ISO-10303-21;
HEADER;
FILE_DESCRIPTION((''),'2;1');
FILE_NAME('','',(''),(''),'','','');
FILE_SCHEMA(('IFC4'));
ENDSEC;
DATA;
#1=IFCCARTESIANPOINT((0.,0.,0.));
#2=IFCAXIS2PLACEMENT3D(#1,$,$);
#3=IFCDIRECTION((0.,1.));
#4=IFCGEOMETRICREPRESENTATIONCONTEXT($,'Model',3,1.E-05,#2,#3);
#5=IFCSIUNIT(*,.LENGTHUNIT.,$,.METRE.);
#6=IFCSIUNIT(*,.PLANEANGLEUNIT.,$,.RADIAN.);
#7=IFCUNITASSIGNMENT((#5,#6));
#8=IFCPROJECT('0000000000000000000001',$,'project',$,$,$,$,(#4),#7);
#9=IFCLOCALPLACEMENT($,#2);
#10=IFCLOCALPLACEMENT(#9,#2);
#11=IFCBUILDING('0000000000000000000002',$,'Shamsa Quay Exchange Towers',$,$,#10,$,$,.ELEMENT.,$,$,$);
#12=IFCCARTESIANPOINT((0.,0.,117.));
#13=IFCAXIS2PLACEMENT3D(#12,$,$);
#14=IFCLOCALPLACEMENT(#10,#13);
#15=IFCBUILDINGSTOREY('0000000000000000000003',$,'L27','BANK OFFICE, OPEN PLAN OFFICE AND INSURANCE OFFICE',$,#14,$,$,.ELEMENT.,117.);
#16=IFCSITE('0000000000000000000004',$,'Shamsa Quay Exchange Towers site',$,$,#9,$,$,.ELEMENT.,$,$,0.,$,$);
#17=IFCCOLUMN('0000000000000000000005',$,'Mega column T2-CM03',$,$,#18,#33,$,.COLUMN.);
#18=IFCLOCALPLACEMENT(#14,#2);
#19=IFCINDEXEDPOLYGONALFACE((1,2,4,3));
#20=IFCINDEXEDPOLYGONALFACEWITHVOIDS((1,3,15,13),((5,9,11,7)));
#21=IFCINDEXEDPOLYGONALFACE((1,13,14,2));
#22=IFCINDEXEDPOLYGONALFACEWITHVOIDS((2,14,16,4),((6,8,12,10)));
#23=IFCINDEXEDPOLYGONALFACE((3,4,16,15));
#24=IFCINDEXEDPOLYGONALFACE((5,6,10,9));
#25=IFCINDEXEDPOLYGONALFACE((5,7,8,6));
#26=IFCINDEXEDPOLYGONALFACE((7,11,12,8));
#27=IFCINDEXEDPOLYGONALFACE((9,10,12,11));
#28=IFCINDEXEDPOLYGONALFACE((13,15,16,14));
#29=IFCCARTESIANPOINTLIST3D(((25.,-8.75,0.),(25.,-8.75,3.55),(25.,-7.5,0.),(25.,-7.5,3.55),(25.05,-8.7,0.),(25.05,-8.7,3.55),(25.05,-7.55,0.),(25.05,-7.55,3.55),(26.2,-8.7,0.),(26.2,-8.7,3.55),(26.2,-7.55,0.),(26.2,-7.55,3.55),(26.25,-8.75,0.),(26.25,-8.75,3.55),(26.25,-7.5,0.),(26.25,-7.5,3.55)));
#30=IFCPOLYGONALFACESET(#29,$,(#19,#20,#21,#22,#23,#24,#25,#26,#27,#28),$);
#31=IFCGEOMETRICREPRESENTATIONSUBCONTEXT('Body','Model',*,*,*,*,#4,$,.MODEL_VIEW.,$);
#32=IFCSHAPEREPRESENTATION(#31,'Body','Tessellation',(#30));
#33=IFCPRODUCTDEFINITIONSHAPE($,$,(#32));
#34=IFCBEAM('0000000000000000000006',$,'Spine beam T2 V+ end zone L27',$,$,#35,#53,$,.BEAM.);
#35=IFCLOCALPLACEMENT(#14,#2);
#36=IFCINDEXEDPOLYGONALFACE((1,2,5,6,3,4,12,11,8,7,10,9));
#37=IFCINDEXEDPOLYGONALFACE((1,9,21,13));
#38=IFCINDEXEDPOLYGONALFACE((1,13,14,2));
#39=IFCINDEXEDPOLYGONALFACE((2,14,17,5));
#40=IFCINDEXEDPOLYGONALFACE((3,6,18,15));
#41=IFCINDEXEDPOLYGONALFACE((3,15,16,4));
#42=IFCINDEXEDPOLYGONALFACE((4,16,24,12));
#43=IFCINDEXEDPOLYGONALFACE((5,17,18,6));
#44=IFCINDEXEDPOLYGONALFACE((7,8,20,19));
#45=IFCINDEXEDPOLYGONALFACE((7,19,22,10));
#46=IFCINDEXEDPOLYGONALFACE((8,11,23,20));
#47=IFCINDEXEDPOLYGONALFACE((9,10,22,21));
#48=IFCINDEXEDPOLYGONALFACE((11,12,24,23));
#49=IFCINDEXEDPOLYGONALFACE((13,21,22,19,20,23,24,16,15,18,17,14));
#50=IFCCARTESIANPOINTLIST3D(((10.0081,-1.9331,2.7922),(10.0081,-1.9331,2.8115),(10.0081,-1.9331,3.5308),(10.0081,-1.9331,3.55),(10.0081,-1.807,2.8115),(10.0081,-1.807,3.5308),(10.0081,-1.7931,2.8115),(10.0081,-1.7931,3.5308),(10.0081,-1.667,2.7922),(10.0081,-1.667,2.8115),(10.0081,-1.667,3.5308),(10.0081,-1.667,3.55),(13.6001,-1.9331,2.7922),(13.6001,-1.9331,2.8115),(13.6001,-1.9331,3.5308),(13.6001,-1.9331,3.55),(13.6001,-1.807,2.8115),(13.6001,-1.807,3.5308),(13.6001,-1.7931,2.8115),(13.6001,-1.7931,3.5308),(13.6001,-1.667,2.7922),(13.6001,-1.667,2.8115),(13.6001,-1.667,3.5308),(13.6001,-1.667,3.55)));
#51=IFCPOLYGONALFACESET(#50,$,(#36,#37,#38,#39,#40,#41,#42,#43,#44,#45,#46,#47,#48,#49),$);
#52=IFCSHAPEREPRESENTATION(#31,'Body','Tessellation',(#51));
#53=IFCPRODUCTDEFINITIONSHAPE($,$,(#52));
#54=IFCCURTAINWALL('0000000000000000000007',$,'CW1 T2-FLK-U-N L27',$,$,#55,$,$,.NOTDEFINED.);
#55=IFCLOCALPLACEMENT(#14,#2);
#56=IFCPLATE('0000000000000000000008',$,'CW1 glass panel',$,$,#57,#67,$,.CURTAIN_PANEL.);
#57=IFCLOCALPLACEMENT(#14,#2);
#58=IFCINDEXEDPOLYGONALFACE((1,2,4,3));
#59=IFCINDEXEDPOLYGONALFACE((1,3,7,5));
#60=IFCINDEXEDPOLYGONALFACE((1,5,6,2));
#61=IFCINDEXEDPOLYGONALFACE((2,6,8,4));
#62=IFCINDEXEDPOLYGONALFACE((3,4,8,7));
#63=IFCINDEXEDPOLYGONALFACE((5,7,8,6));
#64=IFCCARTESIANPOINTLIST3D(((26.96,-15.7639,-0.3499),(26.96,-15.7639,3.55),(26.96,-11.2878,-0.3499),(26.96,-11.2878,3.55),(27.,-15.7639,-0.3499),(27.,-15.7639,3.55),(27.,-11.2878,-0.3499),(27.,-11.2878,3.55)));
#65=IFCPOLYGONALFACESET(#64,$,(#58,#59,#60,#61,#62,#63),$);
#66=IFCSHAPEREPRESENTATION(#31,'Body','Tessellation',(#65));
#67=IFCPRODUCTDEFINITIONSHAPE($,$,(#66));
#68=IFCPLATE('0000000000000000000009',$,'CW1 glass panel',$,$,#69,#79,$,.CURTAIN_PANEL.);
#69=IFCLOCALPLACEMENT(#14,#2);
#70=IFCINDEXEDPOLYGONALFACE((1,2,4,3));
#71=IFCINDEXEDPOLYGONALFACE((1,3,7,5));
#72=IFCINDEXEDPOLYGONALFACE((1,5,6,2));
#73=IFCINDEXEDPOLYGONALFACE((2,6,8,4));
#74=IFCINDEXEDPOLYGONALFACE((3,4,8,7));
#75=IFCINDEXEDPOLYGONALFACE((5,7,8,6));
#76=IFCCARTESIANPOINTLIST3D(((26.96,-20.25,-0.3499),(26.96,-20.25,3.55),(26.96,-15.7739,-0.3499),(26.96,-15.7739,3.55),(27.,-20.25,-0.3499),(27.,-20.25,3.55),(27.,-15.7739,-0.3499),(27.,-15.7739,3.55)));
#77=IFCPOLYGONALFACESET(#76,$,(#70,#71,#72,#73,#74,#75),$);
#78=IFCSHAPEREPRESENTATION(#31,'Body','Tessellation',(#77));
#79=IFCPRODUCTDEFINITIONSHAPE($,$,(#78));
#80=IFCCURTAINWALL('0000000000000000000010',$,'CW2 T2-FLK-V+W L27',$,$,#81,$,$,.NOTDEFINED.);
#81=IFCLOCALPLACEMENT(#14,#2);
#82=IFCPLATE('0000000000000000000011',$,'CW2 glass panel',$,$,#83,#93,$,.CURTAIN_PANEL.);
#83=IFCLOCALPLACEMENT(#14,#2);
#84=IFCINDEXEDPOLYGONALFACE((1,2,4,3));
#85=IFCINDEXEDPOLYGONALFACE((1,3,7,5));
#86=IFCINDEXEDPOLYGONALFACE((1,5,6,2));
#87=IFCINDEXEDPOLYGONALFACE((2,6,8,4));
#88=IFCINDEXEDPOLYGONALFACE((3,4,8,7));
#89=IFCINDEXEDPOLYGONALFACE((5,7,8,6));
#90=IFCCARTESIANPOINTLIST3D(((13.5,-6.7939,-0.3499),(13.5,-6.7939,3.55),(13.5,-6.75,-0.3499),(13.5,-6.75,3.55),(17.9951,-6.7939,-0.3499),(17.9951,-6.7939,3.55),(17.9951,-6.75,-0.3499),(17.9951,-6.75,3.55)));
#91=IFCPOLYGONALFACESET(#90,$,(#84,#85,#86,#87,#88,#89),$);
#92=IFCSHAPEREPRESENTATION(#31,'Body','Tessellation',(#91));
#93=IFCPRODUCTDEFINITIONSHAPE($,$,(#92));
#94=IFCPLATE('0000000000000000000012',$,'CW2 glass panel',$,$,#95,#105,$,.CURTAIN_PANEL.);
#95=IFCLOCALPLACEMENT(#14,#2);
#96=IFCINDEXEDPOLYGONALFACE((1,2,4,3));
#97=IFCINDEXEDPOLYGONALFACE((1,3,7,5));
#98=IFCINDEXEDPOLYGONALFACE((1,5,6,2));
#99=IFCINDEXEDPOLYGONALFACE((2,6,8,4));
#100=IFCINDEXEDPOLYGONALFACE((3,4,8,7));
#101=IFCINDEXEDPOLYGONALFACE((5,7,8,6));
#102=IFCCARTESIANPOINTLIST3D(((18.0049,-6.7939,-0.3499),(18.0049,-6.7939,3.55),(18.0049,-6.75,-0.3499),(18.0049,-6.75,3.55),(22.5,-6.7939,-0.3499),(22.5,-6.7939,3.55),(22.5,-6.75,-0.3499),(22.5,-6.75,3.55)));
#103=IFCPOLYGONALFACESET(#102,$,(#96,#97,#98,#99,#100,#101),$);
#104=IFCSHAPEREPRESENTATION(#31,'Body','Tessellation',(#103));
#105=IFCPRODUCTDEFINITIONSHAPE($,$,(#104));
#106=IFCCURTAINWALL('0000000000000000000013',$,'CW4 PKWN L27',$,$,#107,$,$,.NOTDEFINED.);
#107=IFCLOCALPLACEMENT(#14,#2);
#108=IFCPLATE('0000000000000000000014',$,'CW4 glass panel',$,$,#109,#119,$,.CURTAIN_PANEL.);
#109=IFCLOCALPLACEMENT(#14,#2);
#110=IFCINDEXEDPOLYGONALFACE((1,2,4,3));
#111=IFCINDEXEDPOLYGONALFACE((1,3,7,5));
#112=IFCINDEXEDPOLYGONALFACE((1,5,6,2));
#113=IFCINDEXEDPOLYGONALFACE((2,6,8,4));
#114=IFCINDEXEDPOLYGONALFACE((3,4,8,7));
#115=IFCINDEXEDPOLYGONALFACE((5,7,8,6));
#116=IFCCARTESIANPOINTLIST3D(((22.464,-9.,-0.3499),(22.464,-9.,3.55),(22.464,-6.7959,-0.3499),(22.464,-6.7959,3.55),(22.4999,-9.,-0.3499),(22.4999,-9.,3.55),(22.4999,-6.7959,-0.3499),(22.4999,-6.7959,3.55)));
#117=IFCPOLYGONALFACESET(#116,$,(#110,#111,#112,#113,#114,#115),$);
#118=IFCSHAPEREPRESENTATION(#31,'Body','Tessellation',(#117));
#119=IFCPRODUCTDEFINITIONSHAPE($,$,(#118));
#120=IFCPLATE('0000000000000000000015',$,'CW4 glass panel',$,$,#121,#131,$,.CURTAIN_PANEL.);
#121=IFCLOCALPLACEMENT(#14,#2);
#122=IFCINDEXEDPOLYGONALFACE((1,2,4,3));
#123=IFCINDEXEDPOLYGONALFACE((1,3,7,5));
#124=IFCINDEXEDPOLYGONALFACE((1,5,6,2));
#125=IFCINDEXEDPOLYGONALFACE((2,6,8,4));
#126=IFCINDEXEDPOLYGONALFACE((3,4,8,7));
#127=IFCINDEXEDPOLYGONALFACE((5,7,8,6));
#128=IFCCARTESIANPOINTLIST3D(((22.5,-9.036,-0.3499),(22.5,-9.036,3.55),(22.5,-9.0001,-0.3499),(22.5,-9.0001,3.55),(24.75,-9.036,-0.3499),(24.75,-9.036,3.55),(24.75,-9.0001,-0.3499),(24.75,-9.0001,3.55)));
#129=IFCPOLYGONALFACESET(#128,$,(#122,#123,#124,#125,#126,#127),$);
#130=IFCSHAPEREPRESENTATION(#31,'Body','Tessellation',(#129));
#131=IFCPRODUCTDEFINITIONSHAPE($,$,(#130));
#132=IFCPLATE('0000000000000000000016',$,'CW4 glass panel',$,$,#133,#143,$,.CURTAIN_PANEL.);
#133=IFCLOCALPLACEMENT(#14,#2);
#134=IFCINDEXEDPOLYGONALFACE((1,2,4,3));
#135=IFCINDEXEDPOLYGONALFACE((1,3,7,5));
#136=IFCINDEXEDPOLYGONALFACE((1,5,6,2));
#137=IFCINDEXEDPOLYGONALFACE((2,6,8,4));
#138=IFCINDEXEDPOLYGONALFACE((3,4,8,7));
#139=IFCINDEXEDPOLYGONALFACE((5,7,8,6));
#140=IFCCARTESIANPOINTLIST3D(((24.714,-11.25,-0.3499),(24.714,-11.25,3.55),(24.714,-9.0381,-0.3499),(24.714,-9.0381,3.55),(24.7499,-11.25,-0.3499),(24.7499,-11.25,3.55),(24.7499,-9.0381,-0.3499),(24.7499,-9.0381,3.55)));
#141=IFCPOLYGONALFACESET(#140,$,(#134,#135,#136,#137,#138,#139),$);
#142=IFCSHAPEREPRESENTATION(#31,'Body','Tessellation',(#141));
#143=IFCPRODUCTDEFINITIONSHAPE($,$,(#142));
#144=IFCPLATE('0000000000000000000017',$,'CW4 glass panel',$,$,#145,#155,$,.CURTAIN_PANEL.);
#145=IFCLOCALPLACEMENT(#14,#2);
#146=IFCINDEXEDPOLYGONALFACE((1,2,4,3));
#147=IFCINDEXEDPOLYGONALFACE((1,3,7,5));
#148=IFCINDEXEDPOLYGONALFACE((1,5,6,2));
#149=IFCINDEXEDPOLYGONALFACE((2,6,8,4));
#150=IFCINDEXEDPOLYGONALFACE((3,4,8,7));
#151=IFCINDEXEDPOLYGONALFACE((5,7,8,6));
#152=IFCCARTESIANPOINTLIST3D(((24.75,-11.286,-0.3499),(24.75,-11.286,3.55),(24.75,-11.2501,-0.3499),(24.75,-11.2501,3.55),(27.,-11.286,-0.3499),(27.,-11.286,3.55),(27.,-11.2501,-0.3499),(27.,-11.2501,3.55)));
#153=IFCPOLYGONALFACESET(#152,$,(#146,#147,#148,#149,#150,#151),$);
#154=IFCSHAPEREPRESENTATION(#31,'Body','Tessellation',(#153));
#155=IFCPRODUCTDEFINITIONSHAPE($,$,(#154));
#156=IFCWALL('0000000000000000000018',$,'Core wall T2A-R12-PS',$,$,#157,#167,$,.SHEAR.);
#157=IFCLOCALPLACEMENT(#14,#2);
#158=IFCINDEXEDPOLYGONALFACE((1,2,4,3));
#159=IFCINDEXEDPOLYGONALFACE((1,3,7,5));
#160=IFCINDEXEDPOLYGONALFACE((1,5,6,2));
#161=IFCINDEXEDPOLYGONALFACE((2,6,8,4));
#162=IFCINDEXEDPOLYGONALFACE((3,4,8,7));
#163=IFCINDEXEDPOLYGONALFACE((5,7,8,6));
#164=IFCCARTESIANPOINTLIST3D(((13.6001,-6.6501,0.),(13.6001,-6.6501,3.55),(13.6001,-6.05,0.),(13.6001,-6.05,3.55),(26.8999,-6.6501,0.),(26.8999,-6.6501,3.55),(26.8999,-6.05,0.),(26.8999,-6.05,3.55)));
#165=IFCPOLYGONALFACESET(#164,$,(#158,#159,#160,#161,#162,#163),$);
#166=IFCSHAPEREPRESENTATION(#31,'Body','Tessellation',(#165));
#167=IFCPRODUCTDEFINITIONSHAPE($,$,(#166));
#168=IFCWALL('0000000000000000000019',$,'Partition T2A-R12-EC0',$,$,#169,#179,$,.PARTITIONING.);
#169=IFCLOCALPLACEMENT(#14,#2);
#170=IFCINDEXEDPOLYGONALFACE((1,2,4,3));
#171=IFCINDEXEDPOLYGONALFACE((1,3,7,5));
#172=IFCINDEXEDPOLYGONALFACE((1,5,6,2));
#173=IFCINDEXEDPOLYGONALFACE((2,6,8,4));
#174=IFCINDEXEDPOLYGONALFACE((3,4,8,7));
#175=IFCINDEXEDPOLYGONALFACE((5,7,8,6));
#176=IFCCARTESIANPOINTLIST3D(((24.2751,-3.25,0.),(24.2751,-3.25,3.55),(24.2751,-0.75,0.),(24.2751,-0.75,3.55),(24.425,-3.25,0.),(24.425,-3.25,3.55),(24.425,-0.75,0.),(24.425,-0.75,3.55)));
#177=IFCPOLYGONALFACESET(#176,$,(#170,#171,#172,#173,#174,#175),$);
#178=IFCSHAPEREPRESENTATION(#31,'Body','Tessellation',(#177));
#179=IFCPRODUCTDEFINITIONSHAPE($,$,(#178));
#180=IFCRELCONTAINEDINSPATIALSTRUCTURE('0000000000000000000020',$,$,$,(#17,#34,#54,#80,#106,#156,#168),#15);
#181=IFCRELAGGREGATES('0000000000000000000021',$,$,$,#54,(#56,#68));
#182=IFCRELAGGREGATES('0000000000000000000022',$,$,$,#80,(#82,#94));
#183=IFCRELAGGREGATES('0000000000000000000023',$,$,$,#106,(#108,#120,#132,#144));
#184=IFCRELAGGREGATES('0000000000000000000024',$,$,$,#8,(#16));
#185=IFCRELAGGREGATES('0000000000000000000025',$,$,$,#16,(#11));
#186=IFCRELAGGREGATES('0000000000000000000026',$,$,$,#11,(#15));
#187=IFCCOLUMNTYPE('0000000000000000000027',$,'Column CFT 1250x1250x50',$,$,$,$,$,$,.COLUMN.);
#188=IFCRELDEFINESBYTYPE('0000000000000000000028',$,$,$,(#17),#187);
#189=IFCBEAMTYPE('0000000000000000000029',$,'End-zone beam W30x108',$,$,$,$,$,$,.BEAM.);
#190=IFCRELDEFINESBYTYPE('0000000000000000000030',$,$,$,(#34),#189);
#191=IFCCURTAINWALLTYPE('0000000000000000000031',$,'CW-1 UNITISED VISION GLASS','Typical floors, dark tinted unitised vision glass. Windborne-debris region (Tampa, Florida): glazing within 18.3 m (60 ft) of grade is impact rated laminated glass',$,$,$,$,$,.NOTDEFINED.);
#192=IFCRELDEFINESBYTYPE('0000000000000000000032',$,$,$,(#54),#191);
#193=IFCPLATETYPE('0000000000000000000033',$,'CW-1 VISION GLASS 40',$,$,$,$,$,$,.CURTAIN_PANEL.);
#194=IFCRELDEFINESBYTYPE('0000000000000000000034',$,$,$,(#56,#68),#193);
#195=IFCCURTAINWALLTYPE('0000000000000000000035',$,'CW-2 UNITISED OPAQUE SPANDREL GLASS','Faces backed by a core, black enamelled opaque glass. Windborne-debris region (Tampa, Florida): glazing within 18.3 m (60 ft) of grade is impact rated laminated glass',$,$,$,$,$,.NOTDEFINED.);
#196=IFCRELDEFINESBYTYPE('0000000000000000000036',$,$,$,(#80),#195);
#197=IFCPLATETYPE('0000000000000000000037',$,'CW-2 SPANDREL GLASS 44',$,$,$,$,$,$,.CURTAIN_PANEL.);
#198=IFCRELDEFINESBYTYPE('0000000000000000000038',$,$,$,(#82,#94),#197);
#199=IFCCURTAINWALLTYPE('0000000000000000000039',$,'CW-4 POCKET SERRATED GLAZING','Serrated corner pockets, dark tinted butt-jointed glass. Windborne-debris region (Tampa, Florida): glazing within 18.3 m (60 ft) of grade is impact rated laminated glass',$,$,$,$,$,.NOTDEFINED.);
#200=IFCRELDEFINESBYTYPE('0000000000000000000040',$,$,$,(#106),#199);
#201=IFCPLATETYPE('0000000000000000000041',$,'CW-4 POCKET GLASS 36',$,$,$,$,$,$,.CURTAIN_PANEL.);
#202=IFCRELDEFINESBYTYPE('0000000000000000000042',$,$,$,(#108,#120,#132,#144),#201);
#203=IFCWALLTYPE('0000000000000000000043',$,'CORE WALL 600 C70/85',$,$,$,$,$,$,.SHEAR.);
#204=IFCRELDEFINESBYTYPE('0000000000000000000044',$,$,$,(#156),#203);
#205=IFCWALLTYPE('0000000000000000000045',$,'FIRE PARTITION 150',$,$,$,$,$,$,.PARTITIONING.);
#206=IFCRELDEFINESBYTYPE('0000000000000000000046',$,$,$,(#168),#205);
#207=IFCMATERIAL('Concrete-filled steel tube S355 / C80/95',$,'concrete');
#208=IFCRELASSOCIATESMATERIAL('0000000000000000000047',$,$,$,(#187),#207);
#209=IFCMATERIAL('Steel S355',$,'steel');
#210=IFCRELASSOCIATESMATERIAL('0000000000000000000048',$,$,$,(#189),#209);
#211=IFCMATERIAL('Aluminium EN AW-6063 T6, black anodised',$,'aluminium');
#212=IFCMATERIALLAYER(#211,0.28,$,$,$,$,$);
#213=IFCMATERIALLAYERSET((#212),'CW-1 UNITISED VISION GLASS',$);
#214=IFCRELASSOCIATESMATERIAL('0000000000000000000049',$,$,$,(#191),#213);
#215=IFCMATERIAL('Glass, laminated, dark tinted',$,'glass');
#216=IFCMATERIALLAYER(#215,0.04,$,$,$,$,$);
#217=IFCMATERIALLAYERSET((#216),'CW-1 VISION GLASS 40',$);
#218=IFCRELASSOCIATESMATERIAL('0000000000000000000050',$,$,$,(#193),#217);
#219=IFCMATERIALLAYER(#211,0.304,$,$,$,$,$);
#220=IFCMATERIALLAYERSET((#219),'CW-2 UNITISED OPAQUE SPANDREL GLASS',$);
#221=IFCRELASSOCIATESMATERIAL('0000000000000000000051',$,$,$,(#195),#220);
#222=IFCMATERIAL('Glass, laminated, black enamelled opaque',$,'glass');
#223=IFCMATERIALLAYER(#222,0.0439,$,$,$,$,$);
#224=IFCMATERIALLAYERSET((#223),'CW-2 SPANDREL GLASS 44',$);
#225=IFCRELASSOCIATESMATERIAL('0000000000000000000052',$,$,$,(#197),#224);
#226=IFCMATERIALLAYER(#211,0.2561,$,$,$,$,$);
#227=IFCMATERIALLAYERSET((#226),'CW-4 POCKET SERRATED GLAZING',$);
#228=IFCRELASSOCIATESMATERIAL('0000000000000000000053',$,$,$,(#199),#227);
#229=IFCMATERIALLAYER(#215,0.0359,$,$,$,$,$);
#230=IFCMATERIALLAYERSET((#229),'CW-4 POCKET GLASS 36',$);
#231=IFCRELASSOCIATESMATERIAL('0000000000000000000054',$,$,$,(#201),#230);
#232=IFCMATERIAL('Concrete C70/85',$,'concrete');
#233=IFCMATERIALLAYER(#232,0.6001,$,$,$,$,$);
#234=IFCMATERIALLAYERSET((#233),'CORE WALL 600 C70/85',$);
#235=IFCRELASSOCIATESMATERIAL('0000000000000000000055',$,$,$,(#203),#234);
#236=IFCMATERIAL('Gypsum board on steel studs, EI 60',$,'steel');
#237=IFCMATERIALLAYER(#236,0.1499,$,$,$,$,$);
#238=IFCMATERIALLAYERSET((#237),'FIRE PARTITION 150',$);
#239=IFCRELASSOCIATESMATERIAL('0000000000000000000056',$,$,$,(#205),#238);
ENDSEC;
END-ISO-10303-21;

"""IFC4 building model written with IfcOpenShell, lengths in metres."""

from ifc_helpers import new_model, si_unit, direction, frame, frame_2d, origin, origin_2d, place, context, subcontext, project, spatial, rectangle, hollow_rectangle, i_section, extrude, material, layer, layer_set, material_profile, profile_set, type_object, element, aggregate, save


model = new_model("IFC4")

# Units and contexts
model_context = context("Model", 3, precision=1e-05, world=origin(), true_north=direction((0.0, 1.0)))
body_context = subcontext(model_context, "Body", "Model", "MODEL_VIEW")
ifc_project = project(units=[si_unit("LENGTHUNIT", "METRE"), si_unit("PLANEANGLEUNIT", "RADIAN")], contexts=[model_context])

# Site, building, storey
site_placement = place(None, origin())
site = spatial("IfcSite", under=ifc_project, at=site_placement, Name="Shamsa Quay Exchange Towers site", CompositionType="ELEMENT", RefElevation=0.0)
building_placement = place(site_placement, origin())
building = spatial("IfcBuilding", under=site, at=building_placement, Name="Shamsa Quay Exchange Towers", CompositionType="ELEMENT")
storey_placement = place(building_placement, frame((0.0, 0.0, 117.0)))
storey = spatial("IfcBuildingStorey", under=building, at=storey_placement, Name="L27", Description="BANK OFFICE, OPEN PLAN OFFICE AND INSURANCE OFFICE", CompositionType="ELEMENT", Elevation=117.0)

# Column
ifc_material_1 = material(Name="Concrete-filled steel tube S355 / C80/95", Category="concrete")
ifc_material_profile_1 = material_profile(ifc_material_1, hollow_rectangle(XDim=1.25, YDim=1.25, WallThickness=0.05, at=origin_2d()), Name="CFT 1250x1250x50")
ifc_profile_set_1 = profile_set([ifc_material_profile_1], Name="Concrete-filled steel tube S355 / C80/95")
column_type = type_object("IfcColumnType", Name="Column CFT 1250x1250x50", PredefinedType="COLUMN", material=ifc_profile_set_1)
column_placement = place(storey_placement, frame((25.625, -8.125, 0.0)))
element("IfcColumn", 1, at=column_placement, inside=storey, type_object=column_type, Name="Mega column T2-CM03", PredefinedType="COLUMN", context=body_context, shape_type="SweptSolid", body=[
    extrude(hollow_rectangle(XDim=1.25, YDim=1.25, WallThickness=0.05, at=origin_2d()), origin(), (0.0, 0.0, 1.0), 3.55),
])

# Beam
ifc_material_2 = material(Name="Steel S355", Category="steel")
ifc_material_profile_2 = material_profile(ifc_material_2, i_section(OverallWidth=0.2661, OverallDepth=0.7578, WebThickness=0.0139, FlangeThickness=0.0193, at=origin_2d()), Name="W30x108")
ifc_profile_set_2 = profile_set([ifc_material_profile_2], Name="Steel S355")
beam_type = type_object("IfcBeamType", Name="End-zone beam W30x108", PredefinedType="BEAM", material=ifc_profile_set_2)
beam_placement = place(storey_placement, frame((13.6001, -1.8, 3.1711), z_axis=(-1.0, 0.0, 0.0), x_axis=(0.0, -1.0, 0.0)))
element("IfcBeam", 2, at=beam_placement, inside=storey, type_object=beam_type, Name="Spine beam T2 V+ end zone L27", PredefinedType="BEAM", context=body_context, shape_type="SweptSolid", body=[
    extrude(i_section(OverallWidth=0.2661, OverallDepth=0.7578, WebThickness=0.0139, FlangeThickness=0.0193, at=origin_2d()), origin(), (0.0, 0.0, 1.0), 3.592),
])

# Curtain walls, plates
ifc_material_3 = material(Name="Aluminium EN AW-6063 T6, black anodised", Category="aluminium")
ifc_layer_1 = layer(ifc_material_3, 0.28)
ifc_layer_set_1 = layer_set([ifc_layer_1], Name="CW-1 UNITISED VISION GLASS")
curtain_wall_type_1 = type_object("IfcCurtainWallType", Name="CW-1 UNITISED VISION GLASS", Description="Typical floors, dark tinted unitised vision glass. Windborne-debris region (Tampa, Florida): glazing within 18.3 m (60 ft) of grade is impact rated laminated glass", PredefinedType="NOTDEFINED", material=ifc_layer_set_1)
curtain_wall_1_placement = place(storey_placement, origin())
curtain_wall_1 = element("IfcCurtainWall", 3, at=curtain_wall_1_placement, inside=storey, type_object=curtain_wall_type_1, Name="CW1 T2-FLK-U-N L27", PredefinedType="NOTDEFINED")
ifc_material_4 = material(Name="Glass, laminated, dark tinted", Category="glass")
ifc_layer_2 = layer(ifc_material_4, 0.04)
ifc_layer_set_2 = layer_set([ifc_layer_2], Name="CW-1 VISION GLASS 40")
plate_type_1 = type_object("IfcPlateType", Name="CW-1 VISION GLASS 40", PredefinedType="CURTAIN_PANEL", material=ifc_layer_set_2)
plate_1_placement = place(storey_placement, frame((26.98, -13.5259, -0.3499), z_axis=(0.0, 0.0, 1.0), x_axis=(0.0, -1.0, 0.0)))
plate_1 = element("IfcPlate", 4, at=plate_1_placement, type_object=plate_type_1, Name="CW1 glass panel", PredefinedType="CURTAIN_PANEL", context=body_context, shape_type="SweptSolid", body=[
    extrude(rectangle(XDim=4.4761, YDim=0.04, at=origin_2d()), origin(), (0.0, 0.0, 1.0), 3.8999),
])
plate_2_placement = place(storey_placement, frame((26.98, -18.012, -0.3499), z_axis=(0.0, 0.0, 1.0), x_axis=(0.0, -1.0, 0.0)))
plate_2 = element("IfcPlate", 5, at=plate_2_placement, type_object=plate_type_1, Name="CW1 glass panel", PredefinedType="CURTAIN_PANEL", context=body_context, shape_type="SweptSolid", body=[
    extrude(rectangle(XDim=4.4761, YDim=0.04, at=origin_2d()), origin(), (0.0, 0.0, 1.0), 3.8999),
])
aggregate(curtain_wall_1, [plate_1, plate_2])
ifc_layer_3 = layer(ifc_material_3, 0.304)
ifc_layer_set_3 = layer_set([ifc_layer_3], Name="CW-2 UNITISED OPAQUE SPANDREL GLASS")
curtain_wall_type_2 = type_object("IfcCurtainWallType", Name="CW-2 UNITISED OPAQUE SPANDREL GLASS", Description="Faces backed by a core, black enamelled opaque glass. Windborne-debris region (Tampa, Florida): glazing within 18.3 m (60 ft) of grade is impact rated laminated glass", PredefinedType="NOTDEFINED", material=ifc_layer_set_3)
curtain_wall_2_placement = place(storey_placement, origin())
curtain_wall_2 = element("IfcCurtainWall", 6, at=curtain_wall_2_placement, inside=storey, type_object=curtain_wall_type_2, Name="CW2 T2-FLK-V+W L27", PredefinedType="NOTDEFINED")
ifc_material_5 = material(Name="Glass, laminated, black enamelled opaque", Category="glass")
ifc_layer_4 = layer(ifc_material_5, 0.0439)
ifc_layer_set_4 = layer_set([ifc_layer_4], Name="CW-2 SPANDREL GLASS 44")
plate_type_2 = type_object("IfcPlateType", Name="CW-2 SPANDREL GLASS 44", PredefinedType="CURTAIN_PANEL", material=ifc_layer_set_4)
plate_3_placement = place(storey_placement, frame((15.7476, -6.772, -0.3499)))
plate_3 = element("IfcPlate", 7, at=plate_3_placement, type_object=plate_type_2, Name="CW2 glass panel", PredefinedType="CURTAIN_PANEL", context=body_context, shape_type="SweptSolid", body=[
    extrude(rectangle(XDim=4.4951, YDim=0.0439, at=origin_2d()), origin(), (0.0, 0.0, 1.0), 3.8999),
])
plate_4_placement = place(storey_placement, frame((20.2524, -6.772, -0.3499)))
plate_4 = element("IfcPlate", 8, at=plate_4_placement, type_object=plate_type_2, Name="CW2 glass panel", PredefinedType="CURTAIN_PANEL", context=body_context, shape_type="SweptSolid", body=[
    extrude(rectangle(XDim=4.4951, YDim=0.0439, at=origin_2d()), origin(), (0.0, 0.0, 1.0), 3.8999),
])
aggregate(curtain_wall_2, [plate_3, plate_4])
ifc_layer_5 = layer(ifc_material_3, 0.2561)
ifc_layer_set_5 = layer_set([ifc_layer_5], Name="CW-4 POCKET SERRATED GLAZING")
curtain_wall_type_3 = type_object("IfcCurtainWallType", Name="CW-4 POCKET SERRATED GLAZING", Description="Serrated corner pockets, dark tinted butt-jointed glass. Windborne-debris region (Tampa, Florida): glazing within 18.3 m (60 ft) of grade is impact rated laminated glass", PredefinedType="NOTDEFINED", material=ifc_layer_set_5)
curtain_wall_3_placement = place(storey_placement, origin())
curtain_wall_3 = element("IfcCurtainWall", 9, at=curtain_wall_3_placement, inside=storey, type_object=curtain_wall_type_3, Name="CW4 PKWN L27", PredefinedType="NOTDEFINED")
ifc_layer_6 = layer(ifc_material_4, 0.0359)
ifc_layer_set_6 = layer_set([ifc_layer_6], Name="CW-4 POCKET GLASS 36")
plate_type_3 = type_object("IfcPlateType", Name="CW-4 POCKET GLASS 36", PredefinedType="CURTAIN_PANEL", material=ifc_layer_set_6)
plate_5_placement = place(storey_placement, frame((22.4819, -7.8979, -0.3499), z_axis=(0.0, 0.0, 1.0), x_axis=(0.0, -1.0, 0.0)))
plate_5 = element("IfcPlate", 10, at=plate_5_placement, type_object=plate_type_3, Name="CW4 glass panel", PredefinedType="CURTAIN_PANEL", context=body_context, shape_type="SweptSolid", body=[
    extrude(rectangle(XDim=2.2041, YDim=0.0359, at=origin_2d()), origin(), (0.0, 0.0, 1.0), 3.8999),
])
plate_6_placement = place(storey_placement, frame((23.625, -9.0181, -0.3499)))
plate_6 = element("IfcPlate", 11, at=plate_6_placement, type_object=plate_type_3, Name="CW4 glass panel", PredefinedType="CURTAIN_PANEL", context=body_context, shape_type="SweptSolid", body=[
    extrude(rectangle(XDim=2.25, YDim=0.0359, at=origin_2d()), origin(), (0.0, 0.0, 1.0), 3.8999),
])
plate_7_placement = place(storey_placement, frame((24.7319, -10.144, -0.3499), z_axis=(0.0, 0.0, 1.0), x_axis=(0.0, -1.0, 0.0)))
plate_7 = element("IfcPlate", 12, at=plate_7_placement, type_object=plate_type_3, Name="CW4 glass panel", PredefinedType="CURTAIN_PANEL", context=body_context, shape_type="SweptSolid", body=[
    extrude(rectangle(XDim=2.2119, YDim=0.0359, at=origin_2d()), origin(), (0.0, 0.0, 1.0), 3.8999),
])
plate_8_placement = place(storey_placement, frame((25.875, -11.2681, -0.3499)))
plate_8 = element("IfcPlate", 13, at=plate_8_placement, type_object=plate_type_3, Name="CW4 glass panel", PredefinedType="CURTAIN_PANEL", context=body_context, shape_type="SweptSolid", body=[
    extrude(rectangle(XDim=2.25, YDim=0.0359, at=origin_2d()), origin(), (0.0, 0.0, 1.0), 3.8999),
])
aggregate(curtain_wall_3, [plate_5, plate_6, plate_7, plate_8])

# Walls
ifc_material_6 = material(Name="Concrete C70/85", Category="concrete")
ifc_layer_7 = layer(ifc_material_6, 0.6001)
ifc_layer_set_7 = layer_set([ifc_layer_7], Name="CORE WALL 600 C70/85")
wall_type_1 = type_object("IfcWallType", Name="CORE WALL 600 C70/85", PredefinedType="SHEAR", material=ifc_layer_set_7)
wall_1_placement = place(storey_placement, frame((13.6001, -6.3501, 0.0)))
element("IfcWall", 14, at=wall_1_placement, inside=storey, type_object=wall_type_1, Name="Core wall T2A-R12-PS", PredefinedType="SHEAR", context=body_context, shape_type="SweptSolid", body=[
    extrude(rectangle(XDim=13.2998, YDim=0.6001, at=frame_2d((6.6499, 0.0))), origin(), (0.0, 0.0, 1.0), 3.55),
])
ifc_material_7 = material(Name="Gypsum board on steel studs, EI 60", Category="steel")
ifc_layer_8 = layer(ifc_material_7, 0.1499)
ifc_layer_set_8 = layer_set([ifc_layer_8], Name="FIRE PARTITION 150")
wall_type_2 = type_object("IfcWallType", Name="FIRE PARTITION 150", PredefinedType="PARTITIONING", material=ifc_layer_set_8)
wall_2_placement = place(storey_placement, frame((24.3501, -3.25, 0.0), z_axis=(0.0, 0.0, 1.0), x_axis=(0.0, 1.0, 0.0)))
element("IfcWall", 15, at=wall_2_placement, inside=storey, type_object=wall_type_2, Name="Partition T2A-R12-EC0", PredefinedType="PARTITIONING", context=body_context, shape_type="SweptSolid", body=[
    extrude(rectangle(XDim=2.5, YDim=0.1499, at=frame_2d((1.25, 0.0))), origin(), (0.0, 0.0, 1.0), 3.55),
])

save(model, "model.ifc")
